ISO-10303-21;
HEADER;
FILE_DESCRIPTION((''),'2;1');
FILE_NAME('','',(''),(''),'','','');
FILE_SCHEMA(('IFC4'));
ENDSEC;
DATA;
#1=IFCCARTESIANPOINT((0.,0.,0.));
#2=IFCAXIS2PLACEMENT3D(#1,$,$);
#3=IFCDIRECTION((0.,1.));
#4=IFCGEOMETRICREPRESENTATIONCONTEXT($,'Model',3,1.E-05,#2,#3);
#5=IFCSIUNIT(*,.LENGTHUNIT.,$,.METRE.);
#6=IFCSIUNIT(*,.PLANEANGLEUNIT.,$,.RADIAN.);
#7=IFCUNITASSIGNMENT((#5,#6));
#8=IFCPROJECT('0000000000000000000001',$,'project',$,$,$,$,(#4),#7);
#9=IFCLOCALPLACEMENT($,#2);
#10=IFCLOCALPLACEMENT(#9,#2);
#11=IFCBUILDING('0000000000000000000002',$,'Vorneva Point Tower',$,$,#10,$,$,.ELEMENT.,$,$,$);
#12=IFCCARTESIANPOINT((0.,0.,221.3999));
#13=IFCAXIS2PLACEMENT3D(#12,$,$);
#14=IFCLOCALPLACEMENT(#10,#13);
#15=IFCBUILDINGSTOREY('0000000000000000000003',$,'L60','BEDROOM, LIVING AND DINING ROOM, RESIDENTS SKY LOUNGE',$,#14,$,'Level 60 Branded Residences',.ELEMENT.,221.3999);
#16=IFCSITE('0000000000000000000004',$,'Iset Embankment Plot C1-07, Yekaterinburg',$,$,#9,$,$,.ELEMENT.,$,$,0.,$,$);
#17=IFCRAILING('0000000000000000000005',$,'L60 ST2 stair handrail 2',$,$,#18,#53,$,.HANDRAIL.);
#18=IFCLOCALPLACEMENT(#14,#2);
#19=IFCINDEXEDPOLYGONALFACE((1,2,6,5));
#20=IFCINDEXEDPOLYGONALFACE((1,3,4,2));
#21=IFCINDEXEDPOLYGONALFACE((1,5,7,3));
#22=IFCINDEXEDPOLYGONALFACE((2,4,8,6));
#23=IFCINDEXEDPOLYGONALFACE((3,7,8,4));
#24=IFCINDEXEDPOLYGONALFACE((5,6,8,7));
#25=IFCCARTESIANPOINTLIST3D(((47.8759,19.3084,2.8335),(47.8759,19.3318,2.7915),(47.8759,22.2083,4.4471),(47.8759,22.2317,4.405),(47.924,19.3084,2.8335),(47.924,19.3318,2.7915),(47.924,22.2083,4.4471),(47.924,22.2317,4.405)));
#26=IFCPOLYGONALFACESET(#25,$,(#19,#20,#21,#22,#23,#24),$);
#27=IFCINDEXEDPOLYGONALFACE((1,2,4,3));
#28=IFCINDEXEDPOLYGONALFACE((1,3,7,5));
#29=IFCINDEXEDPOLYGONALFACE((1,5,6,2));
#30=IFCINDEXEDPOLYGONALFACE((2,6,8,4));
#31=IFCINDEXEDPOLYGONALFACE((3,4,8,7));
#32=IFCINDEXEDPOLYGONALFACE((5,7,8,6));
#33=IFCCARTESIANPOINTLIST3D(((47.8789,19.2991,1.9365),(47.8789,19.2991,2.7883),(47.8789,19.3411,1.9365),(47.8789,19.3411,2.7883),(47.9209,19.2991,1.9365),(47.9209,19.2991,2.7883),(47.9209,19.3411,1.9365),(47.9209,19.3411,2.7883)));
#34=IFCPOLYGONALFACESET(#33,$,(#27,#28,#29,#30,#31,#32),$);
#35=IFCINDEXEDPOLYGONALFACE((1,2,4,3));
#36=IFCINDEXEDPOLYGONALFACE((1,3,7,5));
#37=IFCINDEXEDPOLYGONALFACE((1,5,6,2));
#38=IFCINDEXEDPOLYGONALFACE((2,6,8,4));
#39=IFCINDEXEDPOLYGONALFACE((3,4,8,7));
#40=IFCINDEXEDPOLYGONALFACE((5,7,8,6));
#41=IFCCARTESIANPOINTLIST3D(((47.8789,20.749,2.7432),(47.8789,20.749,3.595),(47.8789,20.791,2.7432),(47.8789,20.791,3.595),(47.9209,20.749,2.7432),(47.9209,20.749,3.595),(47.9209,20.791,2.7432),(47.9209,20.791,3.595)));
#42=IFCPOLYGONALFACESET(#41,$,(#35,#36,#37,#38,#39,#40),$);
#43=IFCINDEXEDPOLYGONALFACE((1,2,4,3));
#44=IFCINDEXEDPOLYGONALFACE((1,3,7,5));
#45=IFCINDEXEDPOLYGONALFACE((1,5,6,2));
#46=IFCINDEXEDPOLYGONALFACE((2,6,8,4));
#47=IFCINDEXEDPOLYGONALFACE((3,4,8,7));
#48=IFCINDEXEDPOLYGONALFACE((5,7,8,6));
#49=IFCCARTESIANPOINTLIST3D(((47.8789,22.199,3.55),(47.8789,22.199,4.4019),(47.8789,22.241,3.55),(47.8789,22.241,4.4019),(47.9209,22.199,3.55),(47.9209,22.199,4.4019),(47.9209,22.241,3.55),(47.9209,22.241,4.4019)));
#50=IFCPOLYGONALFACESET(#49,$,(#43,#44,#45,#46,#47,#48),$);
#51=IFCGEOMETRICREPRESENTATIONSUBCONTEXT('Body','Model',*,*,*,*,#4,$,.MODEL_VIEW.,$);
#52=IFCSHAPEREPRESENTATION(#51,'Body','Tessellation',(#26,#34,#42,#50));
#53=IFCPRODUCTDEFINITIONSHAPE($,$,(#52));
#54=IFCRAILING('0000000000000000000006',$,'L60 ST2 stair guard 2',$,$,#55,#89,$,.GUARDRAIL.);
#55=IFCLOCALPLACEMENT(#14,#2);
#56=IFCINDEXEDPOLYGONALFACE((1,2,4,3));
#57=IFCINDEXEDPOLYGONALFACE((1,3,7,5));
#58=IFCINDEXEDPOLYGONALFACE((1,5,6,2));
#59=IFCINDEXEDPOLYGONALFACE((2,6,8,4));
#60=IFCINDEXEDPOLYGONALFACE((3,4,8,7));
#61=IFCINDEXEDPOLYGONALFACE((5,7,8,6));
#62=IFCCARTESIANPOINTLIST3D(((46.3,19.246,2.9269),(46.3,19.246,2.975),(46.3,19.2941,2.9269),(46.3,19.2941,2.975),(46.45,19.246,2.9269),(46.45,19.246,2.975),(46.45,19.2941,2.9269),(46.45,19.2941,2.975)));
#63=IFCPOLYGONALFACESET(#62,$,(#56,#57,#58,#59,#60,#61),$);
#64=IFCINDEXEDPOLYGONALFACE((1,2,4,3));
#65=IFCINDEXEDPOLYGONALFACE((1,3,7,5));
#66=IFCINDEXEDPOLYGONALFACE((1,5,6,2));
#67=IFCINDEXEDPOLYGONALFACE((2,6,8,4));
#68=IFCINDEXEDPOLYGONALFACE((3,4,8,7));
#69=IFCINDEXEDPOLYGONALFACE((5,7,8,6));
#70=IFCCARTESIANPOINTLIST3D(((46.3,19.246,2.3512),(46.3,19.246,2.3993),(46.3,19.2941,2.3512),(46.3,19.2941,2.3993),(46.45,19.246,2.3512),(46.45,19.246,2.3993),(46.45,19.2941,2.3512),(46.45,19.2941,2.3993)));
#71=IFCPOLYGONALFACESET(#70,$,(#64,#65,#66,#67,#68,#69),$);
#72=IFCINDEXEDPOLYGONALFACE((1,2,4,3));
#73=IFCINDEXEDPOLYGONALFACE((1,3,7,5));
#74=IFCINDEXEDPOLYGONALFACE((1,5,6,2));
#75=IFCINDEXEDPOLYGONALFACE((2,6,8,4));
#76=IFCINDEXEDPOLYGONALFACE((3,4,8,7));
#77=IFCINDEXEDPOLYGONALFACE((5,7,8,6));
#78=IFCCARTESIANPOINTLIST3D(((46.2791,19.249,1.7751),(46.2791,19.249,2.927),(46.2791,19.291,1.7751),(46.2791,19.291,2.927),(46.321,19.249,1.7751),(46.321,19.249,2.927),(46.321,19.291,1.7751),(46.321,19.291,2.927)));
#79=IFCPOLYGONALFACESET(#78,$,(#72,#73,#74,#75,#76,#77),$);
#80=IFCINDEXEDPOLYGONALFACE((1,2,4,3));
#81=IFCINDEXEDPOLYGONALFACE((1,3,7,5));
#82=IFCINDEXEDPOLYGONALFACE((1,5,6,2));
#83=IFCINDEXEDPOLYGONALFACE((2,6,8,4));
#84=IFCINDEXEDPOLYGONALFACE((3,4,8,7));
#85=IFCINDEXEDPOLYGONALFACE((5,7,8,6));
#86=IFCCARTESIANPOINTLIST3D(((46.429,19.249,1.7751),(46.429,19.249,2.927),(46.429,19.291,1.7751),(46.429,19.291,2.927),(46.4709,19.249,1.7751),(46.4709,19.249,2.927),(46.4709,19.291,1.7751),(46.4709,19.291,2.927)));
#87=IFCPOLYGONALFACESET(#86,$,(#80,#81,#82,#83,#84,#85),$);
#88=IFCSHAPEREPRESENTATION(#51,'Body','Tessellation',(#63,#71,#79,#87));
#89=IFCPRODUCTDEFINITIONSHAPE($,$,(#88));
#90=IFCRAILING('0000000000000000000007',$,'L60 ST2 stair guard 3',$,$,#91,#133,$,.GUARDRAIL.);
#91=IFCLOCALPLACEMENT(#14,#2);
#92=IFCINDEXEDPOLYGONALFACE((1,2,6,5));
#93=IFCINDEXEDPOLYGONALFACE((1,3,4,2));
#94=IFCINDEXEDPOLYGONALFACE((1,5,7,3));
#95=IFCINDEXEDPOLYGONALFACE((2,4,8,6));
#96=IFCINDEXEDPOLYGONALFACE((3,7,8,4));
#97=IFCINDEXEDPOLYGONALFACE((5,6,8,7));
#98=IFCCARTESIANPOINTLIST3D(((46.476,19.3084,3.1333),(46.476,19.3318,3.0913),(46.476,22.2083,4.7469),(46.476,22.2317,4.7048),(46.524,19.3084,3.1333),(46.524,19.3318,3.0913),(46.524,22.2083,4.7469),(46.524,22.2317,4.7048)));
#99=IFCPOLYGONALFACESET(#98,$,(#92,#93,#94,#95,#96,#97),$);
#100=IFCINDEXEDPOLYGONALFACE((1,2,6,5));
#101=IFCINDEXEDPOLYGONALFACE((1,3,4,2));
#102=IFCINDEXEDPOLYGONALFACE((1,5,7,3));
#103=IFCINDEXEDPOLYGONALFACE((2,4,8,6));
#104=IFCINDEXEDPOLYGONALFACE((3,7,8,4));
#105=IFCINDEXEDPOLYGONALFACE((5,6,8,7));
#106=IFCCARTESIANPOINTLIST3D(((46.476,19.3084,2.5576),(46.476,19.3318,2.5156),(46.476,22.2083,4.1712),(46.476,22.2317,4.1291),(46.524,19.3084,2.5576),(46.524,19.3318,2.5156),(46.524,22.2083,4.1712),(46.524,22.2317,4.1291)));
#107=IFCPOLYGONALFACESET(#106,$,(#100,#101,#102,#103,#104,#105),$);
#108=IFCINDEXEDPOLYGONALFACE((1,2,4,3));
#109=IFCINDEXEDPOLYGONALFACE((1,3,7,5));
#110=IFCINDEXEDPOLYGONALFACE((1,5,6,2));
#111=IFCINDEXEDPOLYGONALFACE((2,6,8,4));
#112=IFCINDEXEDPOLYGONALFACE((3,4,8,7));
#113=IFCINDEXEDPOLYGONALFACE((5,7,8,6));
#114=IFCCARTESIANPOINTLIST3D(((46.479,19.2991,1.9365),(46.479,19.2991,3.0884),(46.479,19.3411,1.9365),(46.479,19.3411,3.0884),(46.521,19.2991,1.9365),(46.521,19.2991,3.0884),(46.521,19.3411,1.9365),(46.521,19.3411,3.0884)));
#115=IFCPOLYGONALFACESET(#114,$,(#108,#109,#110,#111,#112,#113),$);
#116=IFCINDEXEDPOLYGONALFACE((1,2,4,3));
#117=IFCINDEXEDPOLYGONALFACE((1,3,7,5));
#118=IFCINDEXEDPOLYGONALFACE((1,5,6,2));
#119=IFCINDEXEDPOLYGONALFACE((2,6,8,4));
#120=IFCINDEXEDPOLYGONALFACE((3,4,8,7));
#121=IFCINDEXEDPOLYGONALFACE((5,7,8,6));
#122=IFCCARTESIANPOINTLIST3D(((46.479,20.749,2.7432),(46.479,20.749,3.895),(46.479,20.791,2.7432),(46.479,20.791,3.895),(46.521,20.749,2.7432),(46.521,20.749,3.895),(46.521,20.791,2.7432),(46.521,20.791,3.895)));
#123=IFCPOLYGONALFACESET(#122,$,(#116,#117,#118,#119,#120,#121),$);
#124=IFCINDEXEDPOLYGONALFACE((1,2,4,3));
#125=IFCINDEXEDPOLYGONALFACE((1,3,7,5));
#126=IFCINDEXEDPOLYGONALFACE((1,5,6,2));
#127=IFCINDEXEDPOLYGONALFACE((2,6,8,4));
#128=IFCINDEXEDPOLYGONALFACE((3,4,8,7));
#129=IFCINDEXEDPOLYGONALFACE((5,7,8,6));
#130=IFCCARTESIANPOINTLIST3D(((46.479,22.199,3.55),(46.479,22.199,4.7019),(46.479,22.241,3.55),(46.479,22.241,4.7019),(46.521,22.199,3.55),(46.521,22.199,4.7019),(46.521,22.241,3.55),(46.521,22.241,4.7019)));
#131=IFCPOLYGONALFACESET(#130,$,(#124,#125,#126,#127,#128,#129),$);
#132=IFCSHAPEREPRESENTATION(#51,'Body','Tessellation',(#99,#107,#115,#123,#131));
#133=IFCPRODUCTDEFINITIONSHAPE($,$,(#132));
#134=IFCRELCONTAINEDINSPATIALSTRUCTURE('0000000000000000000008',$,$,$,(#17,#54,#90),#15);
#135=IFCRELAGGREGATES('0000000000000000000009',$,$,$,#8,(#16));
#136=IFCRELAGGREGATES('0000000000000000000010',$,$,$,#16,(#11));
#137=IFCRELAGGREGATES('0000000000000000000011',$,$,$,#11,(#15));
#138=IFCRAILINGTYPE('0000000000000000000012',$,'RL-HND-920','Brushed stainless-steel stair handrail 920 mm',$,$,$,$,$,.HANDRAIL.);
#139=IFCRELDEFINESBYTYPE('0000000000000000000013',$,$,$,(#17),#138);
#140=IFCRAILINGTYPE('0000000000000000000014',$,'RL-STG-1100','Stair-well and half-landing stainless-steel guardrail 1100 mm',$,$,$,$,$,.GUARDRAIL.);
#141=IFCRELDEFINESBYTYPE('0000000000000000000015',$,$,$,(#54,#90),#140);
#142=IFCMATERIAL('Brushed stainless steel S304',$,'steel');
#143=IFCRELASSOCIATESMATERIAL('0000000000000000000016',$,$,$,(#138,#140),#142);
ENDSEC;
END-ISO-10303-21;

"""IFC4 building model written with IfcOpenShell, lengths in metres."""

from ifc_helpers import new_model, si_unit, direction, frame, origin, origin_2d, place, context, subcontext, project, spatial, rectangle, extrude, material, type_object, element, save


model = new_model("IFC4")

# Units and contexts
model_context = context("Model", 3, precision=1e-05, world=origin(), true_north=direction((0.0, 1.0)))
body_context = subcontext(model_context, "Body", "Model", "MODEL_VIEW")
ifc_project = project(units=[si_unit("LENGTHUNIT", "METRE"), si_unit("PLANEANGLEUNIT", "RADIAN")], contexts=[model_context])

# Site, building, storey
site_placement = place(None, origin())
site = spatial("IfcSite", under=ifc_project, at=site_placement, Name="Iset Embankment Plot C1-07, Yekaterinburg", CompositionType="ELEMENT", RefElevation=0.0)
building_placement = place(site_placement, origin())
building = spatial("IfcBuilding", under=site, at=building_placement, Name="Vorneva Point Tower", CompositionType="ELEMENT")
storey_placement = place(building_placement, frame((0.0, 0.0, 221.3999)))
storey = spatial("IfcBuildingStorey", under=building, at=storey_placement, Name="L60", Description="BEDROOM, LIVING AND DINING ROOM, RESIDENTS SKY LOUNGE", LongName="Level 60 Branded Residences", CompositionType="ELEMENT", Elevation=221.3999)

# Railings
ifc_material_1 = material(Name="Brushed stainless steel S304", Category="steel")
railing_type_1 = type_object("IfcRailingType", Name="RL-HND-920", Description="Brushed stainless-steel stair handrail 920 mm", PredefinedType="HANDRAIL", material=ifc_material_1)
railing_1_placement = place(storey_placement, frame((47.8999, 19.3201, 1.9365)))
element("IfcRailing", 1, at=railing_1_placement, inside=storey, type_object=railing_type_1, Name="L60 ST2 stair handrail 2", PredefinedType="HANDRAIL", context=body_context, shape_type="SweptSolid", body=[
    extrude(rectangle(XDim=0.0481, YDim=0.0481, at=origin_2d()), frame((0.0, 0.0, 0.876), z_axis=(0.0, 0.873841, 0.486211), x_axis=(-1.0, 0.0, 0.0)), (0.0, 0.0, 1.0), 3.3186),
    extrude(rectangle(XDim=0.042, YDim=0.042, at=origin_2d()), origin(), (0.0, 0.0, 1.0), 0.8518),
    extrude(rectangle(XDim=0.042, YDim=0.042, at=origin_2d()), frame((0.0, 1.45, 0.8066)), (0.0, 0.0, 1.0), 0.8518),
    extrude(rectangle(XDim=0.042, YDim=0.042, at=origin_2d()), frame((0.0, 2.8999, 1.6135)), (0.0, 0.0, 1.0), 0.8518),
])
railing_type_2 = type_object("IfcRailingType", Name="RL-STG-1100", Description="Stair-well and half-landing stainless-steel guardrail 1100 mm", PredefinedType="GUARDRAIL", material=ifc_material_1)
railing_2_placement = place(storey_placement, frame((46.3, 19.27, 1.7751)))
element("IfcRailing", 2, at=railing_2_placement, inside=storey, type_object=railing_type_2, Name="L60 ST2 stair guard 2", PredefinedType="GUARDRAIL", context=body_context, shape_type="SweptSolid", body=[
    extrude(rectangle(XDim=0.0481, YDim=0.0481, at=origin_2d()), frame((0.0, 0.0, 1.1758), z_axis=(1.0, 0.0, 0.0), x_axis=(0.0, 1.0, 0.0)), (0.0, 0.0, 1.0), 0.1499),
    extrude(rectangle(XDim=0.0481, YDim=0.0481, at=origin_2d()), frame((0.0, 0.0, 0.6001), z_axis=(1.0, 0.0, 0.0), x_axis=(0.0, 1.0, 0.0)), (0.0, 0.0, 1.0), 0.1499),
    extrude(rectangle(XDim=0.042, YDim=0.042, at=origin_2d()), origin(), (0.0, 0.0, 1.0), 1.1519),
    extrude(rectangle(XDim=0.042, YDim=0.042, at=origin_2d()), frame((0.1499, 0.0, 0.0)), (0.0, 0.0, 1.0), 1.1519),
])
railing_3_placement = place(storey_placement, frame((46.5, 19.3201, 1.9365)))
element("IfcRailing", 3, at=railing_3_placement, inside=storey, type_object=railing_type_2, Name="L60 ST2 stair guard 3", PredefinedType="GUARDRAIL", context=body_context, shape_type="SweptSolid", body=[
    extrude(rectangle(XDim=0.0481, YDim=0.0481, at=origin_2d()), frame((0.0, 0.0, 1.1758), z_axis=(0.0, 0.873841, 0.486211), x_axis=(-1.0, 0.0, 0.0)), (0.0, 0.0, 1.0), 3.3186),
    extrude(rectangle(XDim=0.0481, YDim=0.0481, at=origin_2d()), frame((0.0, 0.0, 0.6001), z_axis=(0.0, 0.873841, 0.486211), x_axis=(-1.0, 0.0, 0.0)), (0.0, 0.0, 1.0), 3.3186),
    extrude(rectangle(XDim=0.042, YDim=0.042, at=origin_2d()), origin(), (0.0, 0.0, 1.0), 1.1519),
    extrude(rectangle(XDim=0.042, YDim=0.042, at=origin_2d()), frame((0.0, 1.45, 0.8066)), (0.0, 0.0, 1.0), 1.1519),
    extrude(rectangle(XDim=0.042, YDim=0.042, at=origin_2d()), frame((0.0, 2.8999, 1.6135)), (0.0, 0.0, 1.0), 1.1519),
])

save(model, "model.ifc")
